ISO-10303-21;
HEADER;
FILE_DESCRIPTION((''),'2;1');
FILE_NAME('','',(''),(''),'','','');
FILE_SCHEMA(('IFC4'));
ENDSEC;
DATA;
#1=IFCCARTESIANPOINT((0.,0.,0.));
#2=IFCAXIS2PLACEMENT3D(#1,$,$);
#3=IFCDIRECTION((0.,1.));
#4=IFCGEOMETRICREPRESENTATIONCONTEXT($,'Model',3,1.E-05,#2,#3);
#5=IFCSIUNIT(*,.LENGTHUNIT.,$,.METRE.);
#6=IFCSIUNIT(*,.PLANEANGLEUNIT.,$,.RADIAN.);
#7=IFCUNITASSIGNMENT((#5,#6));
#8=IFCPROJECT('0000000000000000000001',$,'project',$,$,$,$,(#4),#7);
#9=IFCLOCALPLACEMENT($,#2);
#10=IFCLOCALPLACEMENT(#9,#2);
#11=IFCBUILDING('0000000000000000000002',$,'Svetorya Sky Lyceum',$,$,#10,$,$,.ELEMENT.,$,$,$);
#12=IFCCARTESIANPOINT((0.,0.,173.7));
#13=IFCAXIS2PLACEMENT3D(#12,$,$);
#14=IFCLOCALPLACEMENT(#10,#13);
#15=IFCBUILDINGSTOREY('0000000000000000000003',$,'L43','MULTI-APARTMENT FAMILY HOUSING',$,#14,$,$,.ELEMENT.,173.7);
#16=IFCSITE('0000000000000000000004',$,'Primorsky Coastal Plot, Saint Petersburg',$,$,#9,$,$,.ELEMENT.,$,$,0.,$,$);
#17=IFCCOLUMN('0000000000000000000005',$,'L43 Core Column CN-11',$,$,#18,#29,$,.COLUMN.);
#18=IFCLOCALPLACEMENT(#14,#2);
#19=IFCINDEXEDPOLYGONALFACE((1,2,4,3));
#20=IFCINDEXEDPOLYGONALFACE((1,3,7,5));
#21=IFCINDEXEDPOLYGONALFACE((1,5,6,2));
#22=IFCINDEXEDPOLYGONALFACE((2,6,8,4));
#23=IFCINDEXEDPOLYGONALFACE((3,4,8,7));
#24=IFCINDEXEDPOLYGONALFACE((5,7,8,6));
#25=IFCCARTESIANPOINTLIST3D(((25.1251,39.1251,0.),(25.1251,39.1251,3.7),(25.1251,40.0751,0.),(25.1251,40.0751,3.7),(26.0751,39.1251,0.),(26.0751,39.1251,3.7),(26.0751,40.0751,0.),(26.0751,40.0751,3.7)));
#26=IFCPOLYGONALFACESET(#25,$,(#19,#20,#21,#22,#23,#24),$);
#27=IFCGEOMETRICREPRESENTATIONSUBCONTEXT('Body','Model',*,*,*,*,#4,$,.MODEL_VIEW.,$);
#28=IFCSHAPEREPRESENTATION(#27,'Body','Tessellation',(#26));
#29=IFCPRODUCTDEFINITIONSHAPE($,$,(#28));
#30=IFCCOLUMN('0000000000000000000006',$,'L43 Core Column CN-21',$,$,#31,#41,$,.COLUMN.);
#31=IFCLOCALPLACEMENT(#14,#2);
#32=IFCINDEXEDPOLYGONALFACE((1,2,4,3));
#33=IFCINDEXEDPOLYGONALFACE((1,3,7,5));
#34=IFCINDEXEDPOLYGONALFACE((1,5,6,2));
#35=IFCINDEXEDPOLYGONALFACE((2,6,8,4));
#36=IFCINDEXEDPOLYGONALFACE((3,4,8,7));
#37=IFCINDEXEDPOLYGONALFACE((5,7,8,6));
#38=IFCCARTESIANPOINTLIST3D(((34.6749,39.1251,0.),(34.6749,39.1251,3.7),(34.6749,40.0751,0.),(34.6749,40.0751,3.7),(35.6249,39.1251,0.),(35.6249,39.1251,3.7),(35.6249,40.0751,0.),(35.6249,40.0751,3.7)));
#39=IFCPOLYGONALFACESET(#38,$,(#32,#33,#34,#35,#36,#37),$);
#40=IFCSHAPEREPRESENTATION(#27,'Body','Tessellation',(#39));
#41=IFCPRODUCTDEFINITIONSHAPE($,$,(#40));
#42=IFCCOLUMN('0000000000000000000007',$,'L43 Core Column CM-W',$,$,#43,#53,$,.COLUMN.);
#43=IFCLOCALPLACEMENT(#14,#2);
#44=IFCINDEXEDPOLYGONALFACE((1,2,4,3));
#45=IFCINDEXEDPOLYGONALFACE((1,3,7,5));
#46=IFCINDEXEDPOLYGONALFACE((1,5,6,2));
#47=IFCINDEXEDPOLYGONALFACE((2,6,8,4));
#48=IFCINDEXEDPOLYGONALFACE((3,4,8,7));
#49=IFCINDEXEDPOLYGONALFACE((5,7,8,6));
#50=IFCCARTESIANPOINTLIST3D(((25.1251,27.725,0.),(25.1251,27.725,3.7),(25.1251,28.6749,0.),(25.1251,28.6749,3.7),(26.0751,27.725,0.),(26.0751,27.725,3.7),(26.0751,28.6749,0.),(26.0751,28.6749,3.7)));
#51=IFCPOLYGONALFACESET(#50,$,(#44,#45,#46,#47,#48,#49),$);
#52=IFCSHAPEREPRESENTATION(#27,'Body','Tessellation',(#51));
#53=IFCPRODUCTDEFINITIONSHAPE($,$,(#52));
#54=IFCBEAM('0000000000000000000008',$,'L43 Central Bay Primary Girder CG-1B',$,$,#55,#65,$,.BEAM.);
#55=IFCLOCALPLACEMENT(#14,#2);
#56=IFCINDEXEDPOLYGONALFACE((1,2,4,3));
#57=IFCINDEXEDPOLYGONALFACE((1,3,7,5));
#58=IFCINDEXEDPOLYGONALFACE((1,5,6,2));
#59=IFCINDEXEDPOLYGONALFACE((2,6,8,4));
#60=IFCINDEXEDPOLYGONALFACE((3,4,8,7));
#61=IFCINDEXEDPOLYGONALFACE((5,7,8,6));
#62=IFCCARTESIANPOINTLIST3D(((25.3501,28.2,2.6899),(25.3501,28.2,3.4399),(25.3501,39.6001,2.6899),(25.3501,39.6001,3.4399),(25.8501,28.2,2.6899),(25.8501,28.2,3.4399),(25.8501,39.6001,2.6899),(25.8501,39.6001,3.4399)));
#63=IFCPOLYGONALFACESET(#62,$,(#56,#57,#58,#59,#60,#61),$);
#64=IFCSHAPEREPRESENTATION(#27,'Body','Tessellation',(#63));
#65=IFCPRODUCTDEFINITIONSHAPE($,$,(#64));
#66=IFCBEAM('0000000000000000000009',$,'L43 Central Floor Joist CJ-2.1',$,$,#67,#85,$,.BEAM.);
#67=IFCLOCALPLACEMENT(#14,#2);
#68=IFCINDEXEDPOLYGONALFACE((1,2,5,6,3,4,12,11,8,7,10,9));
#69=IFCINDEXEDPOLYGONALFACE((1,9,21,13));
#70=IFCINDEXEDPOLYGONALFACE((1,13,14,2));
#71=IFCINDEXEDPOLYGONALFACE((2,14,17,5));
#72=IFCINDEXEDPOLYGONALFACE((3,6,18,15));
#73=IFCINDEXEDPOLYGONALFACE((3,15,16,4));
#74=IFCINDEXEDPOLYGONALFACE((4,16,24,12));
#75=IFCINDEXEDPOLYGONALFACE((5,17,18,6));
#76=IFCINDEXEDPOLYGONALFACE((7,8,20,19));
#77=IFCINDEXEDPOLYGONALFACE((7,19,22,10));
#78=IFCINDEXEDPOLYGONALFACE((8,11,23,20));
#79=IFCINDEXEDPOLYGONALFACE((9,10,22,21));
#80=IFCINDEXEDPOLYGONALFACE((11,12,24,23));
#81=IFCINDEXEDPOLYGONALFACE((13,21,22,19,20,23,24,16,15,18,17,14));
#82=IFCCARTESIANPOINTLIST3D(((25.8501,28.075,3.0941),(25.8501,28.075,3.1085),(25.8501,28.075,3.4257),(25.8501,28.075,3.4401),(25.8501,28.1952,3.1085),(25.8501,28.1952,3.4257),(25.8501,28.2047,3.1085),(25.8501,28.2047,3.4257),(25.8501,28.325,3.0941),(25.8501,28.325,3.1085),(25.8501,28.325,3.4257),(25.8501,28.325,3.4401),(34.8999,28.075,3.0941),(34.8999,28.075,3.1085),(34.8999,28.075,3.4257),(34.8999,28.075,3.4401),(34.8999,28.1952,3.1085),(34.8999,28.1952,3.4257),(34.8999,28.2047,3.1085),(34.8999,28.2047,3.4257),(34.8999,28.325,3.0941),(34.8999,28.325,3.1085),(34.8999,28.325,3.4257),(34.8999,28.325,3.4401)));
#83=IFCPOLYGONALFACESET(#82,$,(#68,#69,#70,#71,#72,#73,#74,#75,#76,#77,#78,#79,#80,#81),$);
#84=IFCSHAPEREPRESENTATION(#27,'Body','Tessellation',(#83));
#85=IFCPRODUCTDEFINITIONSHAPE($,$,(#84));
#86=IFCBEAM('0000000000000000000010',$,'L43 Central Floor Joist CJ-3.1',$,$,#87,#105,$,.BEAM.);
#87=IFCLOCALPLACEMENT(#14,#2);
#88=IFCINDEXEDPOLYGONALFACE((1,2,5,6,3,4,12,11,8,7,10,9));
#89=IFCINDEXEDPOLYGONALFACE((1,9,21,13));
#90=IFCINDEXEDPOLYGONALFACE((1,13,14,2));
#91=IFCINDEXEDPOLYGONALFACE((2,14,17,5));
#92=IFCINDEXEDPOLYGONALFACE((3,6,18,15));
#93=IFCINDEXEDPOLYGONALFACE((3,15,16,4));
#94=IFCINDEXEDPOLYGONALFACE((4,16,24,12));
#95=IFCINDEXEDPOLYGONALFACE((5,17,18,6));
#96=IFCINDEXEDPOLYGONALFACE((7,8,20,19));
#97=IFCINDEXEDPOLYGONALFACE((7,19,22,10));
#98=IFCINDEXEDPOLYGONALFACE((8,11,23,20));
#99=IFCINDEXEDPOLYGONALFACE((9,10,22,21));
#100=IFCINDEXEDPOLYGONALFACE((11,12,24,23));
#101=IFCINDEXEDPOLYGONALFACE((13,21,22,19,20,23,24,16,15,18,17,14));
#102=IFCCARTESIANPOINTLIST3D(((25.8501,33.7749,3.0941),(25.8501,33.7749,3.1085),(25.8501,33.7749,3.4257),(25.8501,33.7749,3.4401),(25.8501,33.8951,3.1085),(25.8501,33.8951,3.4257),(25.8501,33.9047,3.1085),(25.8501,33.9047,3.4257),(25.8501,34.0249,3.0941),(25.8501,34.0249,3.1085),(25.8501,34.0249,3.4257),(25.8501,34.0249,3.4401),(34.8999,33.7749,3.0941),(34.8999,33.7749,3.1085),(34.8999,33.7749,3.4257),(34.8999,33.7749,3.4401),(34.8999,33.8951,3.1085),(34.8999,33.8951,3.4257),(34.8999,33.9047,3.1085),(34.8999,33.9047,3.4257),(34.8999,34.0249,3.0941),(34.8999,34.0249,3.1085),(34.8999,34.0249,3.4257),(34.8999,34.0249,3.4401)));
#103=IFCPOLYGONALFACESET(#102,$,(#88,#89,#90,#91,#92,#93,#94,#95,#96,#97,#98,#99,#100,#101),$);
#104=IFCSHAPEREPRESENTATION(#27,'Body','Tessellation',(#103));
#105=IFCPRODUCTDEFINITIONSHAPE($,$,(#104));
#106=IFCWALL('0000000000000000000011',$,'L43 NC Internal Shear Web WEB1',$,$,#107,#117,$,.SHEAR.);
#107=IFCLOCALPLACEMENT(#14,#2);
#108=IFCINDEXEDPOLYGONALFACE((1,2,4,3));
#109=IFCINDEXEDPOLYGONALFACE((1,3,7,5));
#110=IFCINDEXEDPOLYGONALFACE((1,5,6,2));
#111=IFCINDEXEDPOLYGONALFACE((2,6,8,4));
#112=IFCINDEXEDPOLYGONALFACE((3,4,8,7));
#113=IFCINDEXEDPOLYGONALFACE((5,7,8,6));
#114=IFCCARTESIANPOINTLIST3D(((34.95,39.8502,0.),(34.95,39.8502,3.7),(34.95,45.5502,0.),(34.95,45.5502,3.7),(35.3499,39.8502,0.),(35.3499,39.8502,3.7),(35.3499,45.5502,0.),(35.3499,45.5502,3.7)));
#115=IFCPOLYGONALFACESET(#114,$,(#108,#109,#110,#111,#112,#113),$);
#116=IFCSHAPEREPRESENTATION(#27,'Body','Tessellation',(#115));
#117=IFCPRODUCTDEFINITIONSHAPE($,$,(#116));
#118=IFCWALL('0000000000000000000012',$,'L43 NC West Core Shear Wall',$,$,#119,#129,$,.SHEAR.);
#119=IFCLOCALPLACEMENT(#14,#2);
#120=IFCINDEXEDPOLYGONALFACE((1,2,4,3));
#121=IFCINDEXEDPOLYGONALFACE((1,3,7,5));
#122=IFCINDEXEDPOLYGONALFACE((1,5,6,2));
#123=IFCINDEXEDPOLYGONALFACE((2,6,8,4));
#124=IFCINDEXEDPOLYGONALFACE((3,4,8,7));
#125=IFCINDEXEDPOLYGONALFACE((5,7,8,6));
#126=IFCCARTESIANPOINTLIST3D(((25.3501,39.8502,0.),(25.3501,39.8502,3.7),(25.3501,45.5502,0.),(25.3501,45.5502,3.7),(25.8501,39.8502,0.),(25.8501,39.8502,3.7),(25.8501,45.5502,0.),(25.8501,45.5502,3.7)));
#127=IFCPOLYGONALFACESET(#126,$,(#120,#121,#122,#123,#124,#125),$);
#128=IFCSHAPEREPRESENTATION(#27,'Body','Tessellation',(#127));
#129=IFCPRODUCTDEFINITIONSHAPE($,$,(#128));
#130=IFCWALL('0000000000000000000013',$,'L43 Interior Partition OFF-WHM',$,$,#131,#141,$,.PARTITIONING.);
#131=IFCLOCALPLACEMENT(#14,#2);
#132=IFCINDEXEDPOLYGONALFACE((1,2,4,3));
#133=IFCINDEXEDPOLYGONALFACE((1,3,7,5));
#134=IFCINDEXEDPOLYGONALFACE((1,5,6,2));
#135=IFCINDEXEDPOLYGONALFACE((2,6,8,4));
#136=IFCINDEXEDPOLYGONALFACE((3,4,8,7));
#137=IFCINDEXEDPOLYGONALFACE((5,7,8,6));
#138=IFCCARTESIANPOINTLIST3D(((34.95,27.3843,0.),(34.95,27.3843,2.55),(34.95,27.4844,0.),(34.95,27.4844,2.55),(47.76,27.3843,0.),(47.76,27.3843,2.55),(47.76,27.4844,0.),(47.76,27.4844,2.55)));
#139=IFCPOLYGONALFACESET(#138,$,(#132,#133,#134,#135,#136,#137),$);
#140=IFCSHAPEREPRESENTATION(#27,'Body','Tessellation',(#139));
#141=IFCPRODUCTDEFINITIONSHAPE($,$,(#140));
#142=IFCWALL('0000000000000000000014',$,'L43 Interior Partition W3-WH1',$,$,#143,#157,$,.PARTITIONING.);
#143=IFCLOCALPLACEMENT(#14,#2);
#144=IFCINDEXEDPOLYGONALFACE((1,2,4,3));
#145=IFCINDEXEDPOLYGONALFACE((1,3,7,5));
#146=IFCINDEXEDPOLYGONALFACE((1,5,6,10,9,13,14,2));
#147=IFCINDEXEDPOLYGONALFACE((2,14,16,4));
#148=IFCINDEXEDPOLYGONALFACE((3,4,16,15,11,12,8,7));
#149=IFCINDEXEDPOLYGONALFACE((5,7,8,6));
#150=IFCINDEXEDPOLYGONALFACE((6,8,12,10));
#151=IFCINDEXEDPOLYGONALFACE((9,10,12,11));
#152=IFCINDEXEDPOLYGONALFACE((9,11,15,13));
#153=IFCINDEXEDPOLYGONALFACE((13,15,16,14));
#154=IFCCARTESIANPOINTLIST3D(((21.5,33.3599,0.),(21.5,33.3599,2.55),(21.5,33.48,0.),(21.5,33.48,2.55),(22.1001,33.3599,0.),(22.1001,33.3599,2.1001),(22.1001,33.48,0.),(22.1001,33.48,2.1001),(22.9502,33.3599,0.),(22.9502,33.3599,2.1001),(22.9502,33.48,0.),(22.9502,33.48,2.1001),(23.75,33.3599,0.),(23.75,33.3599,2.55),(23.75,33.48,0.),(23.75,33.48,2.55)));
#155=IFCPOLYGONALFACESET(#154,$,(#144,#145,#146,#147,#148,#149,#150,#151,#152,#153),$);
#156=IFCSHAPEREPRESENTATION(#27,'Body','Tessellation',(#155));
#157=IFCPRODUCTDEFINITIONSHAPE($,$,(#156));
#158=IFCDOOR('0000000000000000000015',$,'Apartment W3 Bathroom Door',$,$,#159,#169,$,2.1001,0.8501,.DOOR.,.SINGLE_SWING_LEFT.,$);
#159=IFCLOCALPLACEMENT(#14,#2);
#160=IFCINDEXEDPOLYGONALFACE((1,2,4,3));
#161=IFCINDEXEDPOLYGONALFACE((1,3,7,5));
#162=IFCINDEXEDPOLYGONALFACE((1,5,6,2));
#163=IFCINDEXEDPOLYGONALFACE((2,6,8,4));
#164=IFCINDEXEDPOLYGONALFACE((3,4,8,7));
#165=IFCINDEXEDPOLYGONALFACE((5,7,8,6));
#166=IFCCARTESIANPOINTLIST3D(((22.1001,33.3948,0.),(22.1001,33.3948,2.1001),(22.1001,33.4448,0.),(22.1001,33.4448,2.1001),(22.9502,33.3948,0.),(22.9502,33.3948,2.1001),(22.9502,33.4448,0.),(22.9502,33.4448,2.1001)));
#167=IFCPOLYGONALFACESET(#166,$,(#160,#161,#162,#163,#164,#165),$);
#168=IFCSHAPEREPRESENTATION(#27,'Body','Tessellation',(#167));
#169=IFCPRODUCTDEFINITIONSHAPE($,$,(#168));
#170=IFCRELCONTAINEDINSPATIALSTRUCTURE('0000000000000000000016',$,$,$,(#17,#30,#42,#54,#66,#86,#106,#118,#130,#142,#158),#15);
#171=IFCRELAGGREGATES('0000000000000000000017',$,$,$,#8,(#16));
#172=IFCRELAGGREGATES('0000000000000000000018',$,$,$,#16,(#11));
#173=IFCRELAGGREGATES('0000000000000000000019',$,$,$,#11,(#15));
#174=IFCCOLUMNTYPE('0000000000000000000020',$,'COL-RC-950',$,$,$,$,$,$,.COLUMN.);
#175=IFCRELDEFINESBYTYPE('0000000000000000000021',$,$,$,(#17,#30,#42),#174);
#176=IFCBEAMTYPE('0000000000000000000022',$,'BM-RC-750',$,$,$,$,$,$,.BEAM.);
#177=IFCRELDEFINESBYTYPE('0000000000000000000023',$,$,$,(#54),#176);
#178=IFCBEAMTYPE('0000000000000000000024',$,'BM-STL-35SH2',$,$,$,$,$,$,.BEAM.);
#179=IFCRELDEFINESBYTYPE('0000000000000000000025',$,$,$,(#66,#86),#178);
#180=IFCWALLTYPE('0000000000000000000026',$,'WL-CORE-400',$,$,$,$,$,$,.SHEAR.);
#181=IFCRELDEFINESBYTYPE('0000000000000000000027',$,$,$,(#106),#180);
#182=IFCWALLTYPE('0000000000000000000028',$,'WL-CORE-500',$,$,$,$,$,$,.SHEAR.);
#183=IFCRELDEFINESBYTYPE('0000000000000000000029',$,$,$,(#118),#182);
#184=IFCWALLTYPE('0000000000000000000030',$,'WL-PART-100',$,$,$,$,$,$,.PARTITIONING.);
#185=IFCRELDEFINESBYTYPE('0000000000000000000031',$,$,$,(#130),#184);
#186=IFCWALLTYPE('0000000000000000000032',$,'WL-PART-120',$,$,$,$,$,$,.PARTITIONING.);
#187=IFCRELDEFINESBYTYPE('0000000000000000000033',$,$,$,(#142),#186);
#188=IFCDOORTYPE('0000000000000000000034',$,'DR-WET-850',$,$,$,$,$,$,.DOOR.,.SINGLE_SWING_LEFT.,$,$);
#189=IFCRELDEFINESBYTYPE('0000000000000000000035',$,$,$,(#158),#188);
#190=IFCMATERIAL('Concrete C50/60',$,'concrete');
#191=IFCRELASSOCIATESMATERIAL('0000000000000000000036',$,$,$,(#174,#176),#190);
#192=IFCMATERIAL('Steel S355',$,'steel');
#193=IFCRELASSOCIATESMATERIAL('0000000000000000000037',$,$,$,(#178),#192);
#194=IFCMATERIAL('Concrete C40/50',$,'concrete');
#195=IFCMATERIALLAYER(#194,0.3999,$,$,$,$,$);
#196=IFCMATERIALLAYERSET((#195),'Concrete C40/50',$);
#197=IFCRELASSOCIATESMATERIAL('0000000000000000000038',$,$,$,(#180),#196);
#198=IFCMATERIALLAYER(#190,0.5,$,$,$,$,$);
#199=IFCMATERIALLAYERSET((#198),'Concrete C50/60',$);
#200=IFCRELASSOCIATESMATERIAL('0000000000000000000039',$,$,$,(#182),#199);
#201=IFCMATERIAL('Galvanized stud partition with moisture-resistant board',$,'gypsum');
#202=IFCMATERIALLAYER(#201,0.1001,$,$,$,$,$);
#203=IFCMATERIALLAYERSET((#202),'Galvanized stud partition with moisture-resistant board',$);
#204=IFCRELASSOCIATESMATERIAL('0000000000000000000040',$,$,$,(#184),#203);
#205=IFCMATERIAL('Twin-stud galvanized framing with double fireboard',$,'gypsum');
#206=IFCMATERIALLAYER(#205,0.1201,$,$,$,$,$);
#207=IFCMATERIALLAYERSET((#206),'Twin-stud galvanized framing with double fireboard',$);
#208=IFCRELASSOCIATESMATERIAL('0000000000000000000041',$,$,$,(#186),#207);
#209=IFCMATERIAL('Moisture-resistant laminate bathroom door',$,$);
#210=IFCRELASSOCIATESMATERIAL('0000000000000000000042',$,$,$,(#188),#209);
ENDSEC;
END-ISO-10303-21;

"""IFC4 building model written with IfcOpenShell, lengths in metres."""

from ifc_helpers import new_model, si_unit, direction, frame, frame_2d, origin, origin_2d, place, context, subcontext, project, spatial, rectangle, i_section, extrude, material, layer, layer_set, material_profile, profile_set, type_object, element, fill, save


model = new_model("IFC4")

# Units and contexts
model_context = context("Model", 3, precision=1e-05, world=origin(), true_north=direction((0.0, 1.0)))
body_context = subcontext(model_context, "Body", "Model", "MODEL_VIEW")
ifc_project = project(units=[si_unit("LENGTHUNIT", "METRE"), si_unit("PLANEANGLEUNIT", "RADIAN")], contexts=[model_context])

# Site, building, storey
site_placement = place(None, origin())
site = spatial("IfcSite", under=ifc_project, at=site_placement, Name="Primorsky Coastal Plot, Saint Petersburg", CompositionType="ELEMENT", RefElevation=0.0)
building_placement = place(site_placement, origin())
building = spatial("IfcBuilding", under=site, at=building_placement, Name="Svetorya Sky Lyceum", CompositionType="ELEMENT")
storey_placement = place(building_placement, frame((0.0, 0.0, 173.7)))
storey = spatial("IfcBuildingStorey", under=building, at=storey_placement, Name="L43", Description="MULTI-APARTMENT FAMILY HOUSING", CompositionType="ELEMENT", Elevation=173.7)

# Columns
ifc_material_1 = material(Name="Concrete C50/60", Category="concrete")
ifc_material_profile_1 = material_profile(ifc_material_1, rectangle(XDim=0.95, YDim=0.95, at=origin_2d()), Name="RC COL 950x950")
ifc_profile_set_1 = profile_set([ifc_material_profile_1], Name="Concrete C50/60")
column_type = type_object("IfcColumnType", Name="COL-RC-950", PredefinedType="COLUMN", material=ifc_profile_set_1)
for number, where, z_axis, x_axis, name in (
    (1, (25.6001, 39.6001, 0.0), (0.0, 0.0, 1.0), (1.0, 0.0, 0.0), "L43 Core Column CN-11"),
    (2, (35.1499, 39.6001, 0.0), (0.0, 0.0, 1.0), (1.0, 0.0, 0.0), "L43 Core Column CN-21"),
    (3, (25.6001, 28.2, 0.0), (0.0, 0.0, 1.0), (1.0, 0.0, 0.0), "L43 Core Column CM-W"),
):
    element("IfcColumn", number, at=place(storey_placement, frame(where, z_axis=z_axis, x_axis=x_axis)), inside=storey, type_object=column_type, Name=name, PredefinedType="COLUMN", context=body_context, shape_type="SweptSolid", body=[
        extrude(rectangle(XDim=0.95, YDim=0.95, at=origin_2d()), origin(), (0.0, 0.0, 1.0), 3.7),
    ])

# Beams
ifc_material_profile_2 = material_profile(ifc_material_1, rectangle(XDim=0.5, YDim=0.75, at=origin_2d()), Name="RC BEAM 500x750")
ifc_profile_set_2 = profile_set([ifc_material_profile_2], Name="Concrete C50/60")
beam_type_1 = type_object("IfcBeamType", Name="BM-RC-750", PredefinedType="BEAM", material=ifc_profile_set_2)
beam_placement = place(storey_placement, frame((25.6001, 28.2, 3.0649), z_axis=(0.0, 1.0, 0.0), x_axis=(-1.0, 0.0, 0.0)))
element("IfcBeam", 4, at=beam_placement, inside=storey, type_object=beam_type_1, Name="L43 Central Bay Primary Girder CG-1B", PredefinedType="BEAM", context=body_context, shape_type="SweptSolid", body=[
    extrude(rectangle(XDim=0.5, YDim=0.75, at=origin_2d()), origin(), (0.0, 0.0, 1.0), 11.4001),
])
ifc_material_2 = material(Name="Steel S355", Category="steel")
ifc_material_profile_3 = material_profile(ifc_material_2, i_section(OverallWidth=0.25, OverallDepth=0.3459, WebThickness=0.0095, FlangeThickness=0.0144, at=origin_2d()), Name="GOST 35Sh2")
ifc_profile_set_3 = profile_set([ifc_material_profile_3], Name="Steel S355")
beam_type_2 = type_object("IfcBeamType", Name="BM-STL-35SH2", PredefinedType="BEAM", material=ifc_profile_set_3)
for number, where, z_axis, x_axis, name in (
    (5, (25.8501, 28.2, 3.2671), (1.0, 0.0, 0.0), (0.0, 1.0, 0.0), "L43 Central Floor Joist CJ-2.1"),
    (6, (25.8501, 33.8999, 3.2671), (1.0, 0.0, 0.0), (0.0, 1.0, 0.0), "L43 Central Floor Joist CJ-3.1"),
):
    element("IfcBeam", number, at=place(storey_placement, frame(where, z_axis=z_axis, x_axis=x_axis)), inside=storey, type_object=beam_type_2, Name=name, PredefinedType="BEAM", context=body_context, shape_type="SweptSolid", body=[
        extrude(i_section(OverallWidth=0.25, OverallDepth=0.3459, WebThickness=0.0095, FlangeThickness=0.0144, at=origin_2d()), origin(), (0.0, 0.0, 1.0), 9.0498),
    ])

# Walls
ifc_material_3 = material(Name="Concrete C40/50", Category="concrete")
ifc_layer_1 = layer(ifc_material_3, 0.3999)
ifc_layer_set_1 = layer_set([ifc_layer_1], Name="Concrete C40/50")
wall_type_1 = type_object("IfcWallType", Name="WL-CORE-400", PredefinedType="SHEAR", material=ifc_layer_set_1)
wall_1_placement = place(storey_placement, frame((35.1499, 39.8501, 0.0), z_axis=(0.0, 0.0, 1.0), x_axis=(0.0, 1.0, 0.0)))
element("IfcWall", 7, at=wall_1_placement, inside=storey, type_object=wall_type_1, Name="L43 NC Internal Shear Web WEB1", PredefinedType="SHEAR", context=body_context, shape_type="SweptSolid", body=[
    extrude(rectangle(XDim=5.7, YDim=0.3999, at=frame_2d((2.8501, 0.0))), origin(), (0.0, 0.0, 1.0), 3.7),
])
ifc_layer_2 = layer(ifc_material_1, 0.5)
ifc_layer_set_2 = layer_set([ifc_layer_2], Name="Concrete C50/60")
wall_type_2 = type_object("IfcWallType", Name="WL-CORE-500", PredefinedType="SHEAR", material=ifc_layer_set_2)
wall_2_placement = place(storey_placement, frame((25.6001, 39.8501, 0.0), z_axis=(0.0, 0.0, 1.0), x_axis=(0.0, 1.0, 0.0)))
element("IfcWall", 8, at=wall_2_placement, inside=storey, type_object=wall_type_2, Name="L43 NC West Core Shear Wall", PredefinedType="SHEAR", context=body_context, shape_type="SweptSolid", body=[
    extrude(rectangle(XDim=5.7, YDim=0.5, at=frame_2d((2.8501, 0.0))), origin(), (0.0, 0.0, 1.0), 3.7),
])
ifc_material_4 = material(Name="Galvanized stud partition with moisture-resistant board", Category="gypsum")
ifc_layer_3 = layer(ifc_material_4, 0.1001)
ifc_layer_set_3 = layer_set([ifc_layer_3], Name="Galvanized stud partition with moisture-resistant board")
wall_type_3 = type_object("IfcWallType", Name="WL-PART-100", PredefinedType="PARTITIONING", material=ifc_layer_set_3)
wall_3_placement = place(storey_placement, frame((34.95, 27.4343, 0.0), z_axis=(0.0, 0.0, 1.0), x_axis=(1.0, 0.0, 0.0)))
element("IfcWall", 9, at=wall_3_placement, inside=storey, type_object=wall_type_3, Name="L43 Interior Partition OFF-WHM", PredefinedType="PARTITIONING", context=body_context, shape_type="SweptSolid", body=[
    extrude(rectangle(XDim=12.8101, YDim=0.1001, at=frame_2d((6.405, 0.0))), origin(), (0.0, 0.0, 1.0), 2.55),
])

# Wall, opening, door
ifc_material_5 = material(Name="Twin-stud galvanized framing with double fireboard", Category="gypsum")
ifc_layer_4 = layer(ifc_material_5, 0.1201)
ifc_layer_set_4 = layer_set([ifc_layer_4], Name="Twin-stud galvanized framing with double fireboard")
wall_type_4 = type_object("IfcWallType", Name="WL-PART-120", PredefinedType="PARTITIONING", material=ifc_layer_set_4)
wall_4_placement = place(storey_placement, frame((21.5, 33.4199, 0.0), z_axis=(0.0, 0.0, 1.0), x_axis=(1.0, 0.0, 0.0)))
wall_4 = element("IfcWall", 10, at=wall_4_placement, inside=storey, type_object=wall_type_4, Name="L43 Interior Partition W3-WH1", PredefinedType="PARTITIONING", context=body_context, shape_type="SweptSolid", body=[
    extrude(rectangle(XDim=2.25, YDim=0.1201, at=frame_2d((1.125, 0.0))), origin(), (0.0, 0.0, 1.0), 2.55),
])
opening_1_placement = place(wall_4_placement, frame((0.6001, 0.0, 0.0)))
opening_1 = element("IfcOpeningElement", 11, at=opening_1_placement, cuts=wall_4, PredefinedType="OPENING", context=body_context, shape_type="SweptSolid", body=[
    extrude(rectangle(XDim=0.8501, YDim=2.1001, at=frame_2d((0.425, 1.05))), frame((0.0, 0.0701, 0.0), z_axis=(0.0, -1.0, 0.0), x_axis=(1.0, 0.0, 0.0)), (0.0, 0.0, 1.0), 0.1401),
])
ifc_material_6 = material(Name="Moisture-resistant laminate bathroom door")
door_type_1 = type_object("IfcDoorType", Name="DR-WET-850", OperationType="SINGLE_SWING_LEFT", PredefinedType="DOOR", material=ifc_material_6)
door_1_placement = place(opening_1_placement, origin())
door_1 = element("IfcDoor", 12, at=door_1_placement, inside=storey, type_object=door_type_1, Name="Apartment W3 Bathroom Door", OperationType="SINGLE_SWING_LEFT", OverallHeight=2.1001, OverallWidth=0.8501, PredefinedType="DOOR", context=body_context, shape_type="SweptSolid", body=[
    extrude(rectangle(XDim=0.8501, YDim=2.1001, at=frame_2d((0.425, 1.05))), frame((0.0, 0.0249, 0.0), z_axis=(0.0, -1.0, 0.0), x_axis=(1.0, 0.0, 0.0)), (0.0, 0.0, 1.0), 0.05),
])
fill(opening_1, door_1)

save(model, "model.ifc")
